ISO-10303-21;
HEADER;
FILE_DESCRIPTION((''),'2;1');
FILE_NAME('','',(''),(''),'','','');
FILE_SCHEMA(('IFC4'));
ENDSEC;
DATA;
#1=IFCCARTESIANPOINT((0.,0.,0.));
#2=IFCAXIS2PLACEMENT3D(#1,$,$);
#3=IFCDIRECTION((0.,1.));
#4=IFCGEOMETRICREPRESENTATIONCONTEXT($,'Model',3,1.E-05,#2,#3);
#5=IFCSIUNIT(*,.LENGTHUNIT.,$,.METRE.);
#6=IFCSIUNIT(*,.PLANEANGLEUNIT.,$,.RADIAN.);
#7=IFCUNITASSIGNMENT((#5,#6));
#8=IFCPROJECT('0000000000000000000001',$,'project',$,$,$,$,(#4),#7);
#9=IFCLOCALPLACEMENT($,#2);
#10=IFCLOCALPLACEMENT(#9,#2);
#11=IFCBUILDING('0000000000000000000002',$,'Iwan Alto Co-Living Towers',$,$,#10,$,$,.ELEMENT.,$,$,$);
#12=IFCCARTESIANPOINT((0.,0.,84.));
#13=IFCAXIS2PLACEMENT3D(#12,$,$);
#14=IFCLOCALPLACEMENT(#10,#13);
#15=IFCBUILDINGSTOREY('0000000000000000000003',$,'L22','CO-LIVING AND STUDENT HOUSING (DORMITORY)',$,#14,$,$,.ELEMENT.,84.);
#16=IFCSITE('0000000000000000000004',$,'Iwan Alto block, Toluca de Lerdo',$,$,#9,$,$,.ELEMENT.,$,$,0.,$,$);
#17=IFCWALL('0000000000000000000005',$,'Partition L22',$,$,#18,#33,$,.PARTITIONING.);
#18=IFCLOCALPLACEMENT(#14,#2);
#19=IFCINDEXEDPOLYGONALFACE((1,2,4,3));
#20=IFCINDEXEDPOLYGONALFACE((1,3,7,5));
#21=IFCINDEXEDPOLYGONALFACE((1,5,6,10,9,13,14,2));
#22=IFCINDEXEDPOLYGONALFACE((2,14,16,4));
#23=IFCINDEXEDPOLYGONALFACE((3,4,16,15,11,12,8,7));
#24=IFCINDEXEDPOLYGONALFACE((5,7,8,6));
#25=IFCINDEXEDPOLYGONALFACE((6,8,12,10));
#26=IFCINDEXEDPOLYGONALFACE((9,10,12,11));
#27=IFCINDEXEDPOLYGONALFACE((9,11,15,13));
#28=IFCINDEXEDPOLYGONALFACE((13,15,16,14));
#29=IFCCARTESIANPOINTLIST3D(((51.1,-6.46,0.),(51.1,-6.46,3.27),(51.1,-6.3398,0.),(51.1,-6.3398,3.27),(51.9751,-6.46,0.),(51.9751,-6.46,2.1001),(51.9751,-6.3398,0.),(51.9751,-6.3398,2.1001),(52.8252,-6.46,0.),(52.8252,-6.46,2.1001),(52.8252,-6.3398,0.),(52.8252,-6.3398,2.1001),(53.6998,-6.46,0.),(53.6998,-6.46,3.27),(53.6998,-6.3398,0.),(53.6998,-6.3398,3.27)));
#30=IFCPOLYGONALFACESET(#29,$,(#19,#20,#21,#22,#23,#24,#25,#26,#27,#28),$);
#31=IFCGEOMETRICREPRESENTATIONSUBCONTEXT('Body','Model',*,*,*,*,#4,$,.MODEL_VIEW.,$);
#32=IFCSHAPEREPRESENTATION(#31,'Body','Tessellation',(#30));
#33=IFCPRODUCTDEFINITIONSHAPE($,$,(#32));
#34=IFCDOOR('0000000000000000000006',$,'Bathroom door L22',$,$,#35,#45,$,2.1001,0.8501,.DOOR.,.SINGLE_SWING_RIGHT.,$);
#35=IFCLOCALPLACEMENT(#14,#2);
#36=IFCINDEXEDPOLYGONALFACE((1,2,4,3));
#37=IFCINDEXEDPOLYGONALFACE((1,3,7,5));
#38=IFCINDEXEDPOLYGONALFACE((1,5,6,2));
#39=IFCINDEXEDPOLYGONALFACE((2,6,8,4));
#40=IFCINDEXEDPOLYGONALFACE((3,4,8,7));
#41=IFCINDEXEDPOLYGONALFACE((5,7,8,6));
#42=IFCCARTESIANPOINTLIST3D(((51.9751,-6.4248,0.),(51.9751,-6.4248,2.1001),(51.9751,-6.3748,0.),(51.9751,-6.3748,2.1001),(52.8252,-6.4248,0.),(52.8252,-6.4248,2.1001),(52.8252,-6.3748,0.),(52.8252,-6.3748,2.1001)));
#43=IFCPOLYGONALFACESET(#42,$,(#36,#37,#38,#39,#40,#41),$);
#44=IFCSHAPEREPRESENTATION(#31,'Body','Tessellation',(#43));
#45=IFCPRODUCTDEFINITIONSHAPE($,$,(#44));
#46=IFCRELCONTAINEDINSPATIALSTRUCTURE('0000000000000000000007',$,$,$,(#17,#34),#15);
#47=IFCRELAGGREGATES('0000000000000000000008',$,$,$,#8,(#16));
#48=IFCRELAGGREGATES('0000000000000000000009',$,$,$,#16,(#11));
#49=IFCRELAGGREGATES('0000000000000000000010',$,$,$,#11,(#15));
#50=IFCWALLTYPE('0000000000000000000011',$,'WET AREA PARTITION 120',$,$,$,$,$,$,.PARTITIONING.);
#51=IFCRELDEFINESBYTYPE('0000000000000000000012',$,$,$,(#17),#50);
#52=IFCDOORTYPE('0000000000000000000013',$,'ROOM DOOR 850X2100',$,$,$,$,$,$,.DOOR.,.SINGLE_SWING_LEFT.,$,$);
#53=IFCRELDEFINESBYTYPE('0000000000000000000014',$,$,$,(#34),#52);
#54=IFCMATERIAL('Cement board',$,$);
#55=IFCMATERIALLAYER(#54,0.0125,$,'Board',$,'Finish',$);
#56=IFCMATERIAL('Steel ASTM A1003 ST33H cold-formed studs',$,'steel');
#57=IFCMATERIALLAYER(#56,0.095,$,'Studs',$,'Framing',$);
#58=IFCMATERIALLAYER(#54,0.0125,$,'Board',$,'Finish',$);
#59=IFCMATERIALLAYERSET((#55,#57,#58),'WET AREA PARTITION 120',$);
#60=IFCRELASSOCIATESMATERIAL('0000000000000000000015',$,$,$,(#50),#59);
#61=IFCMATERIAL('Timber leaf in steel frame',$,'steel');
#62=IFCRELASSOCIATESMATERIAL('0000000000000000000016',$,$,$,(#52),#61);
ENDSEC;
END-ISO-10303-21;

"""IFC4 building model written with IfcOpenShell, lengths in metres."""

from ifc_helpers import new_model, si_unit, direction, frame, frame_2d, origin, place, context, subcontext, project, spatial, rectangle, extrude, material, layer, layer_set, type_object, element, fill, save


model = new_model("IFC4")

# Units and contexts
model_context = context("Model", 3, precision=1e-05, world=origin(), true_north=direction((0.0, 1.0)))
body_context = subcontext(model_context, "Body", "Model", "MODEL_VIEW")
ifc_project = project(units=[si_unit("LENGTHUNIT", "METRE"), si_unit("PLANEANGLEUNIT", "RADIAN")], contexts=[model_context])

# Site, building, storey
site_placement = place(None, origin())
site = spatial("IfcSite", under=ifc_project, at=site_placement, Name="Iwan Alto block, Toluca de Lerdo", CompositionType="ELEMENT", RefElevation=0.0)
building_placement = place(site_placement, origin())
building = spatial("IfcBuilding", under=site, at=building_placement, Name="Iwan Alto Co-Living Towers", CompositionType="ELEMENT")
storey_placement = place(building_placement, frame((0.0, 0.0, 84.0)))
storey = spatial("IfcBuildingStorey", under=building, at=storey_placement, Name="L22", Description="CO-LIVING AND STUDENT HOUSING (DORMITORY)", CompositionType="ELEMENT", Elevation=84.0)

# Shared definitions
ifc_material_1 = material(Name="Steel ASTM A1003 ST33H cold-formed studs", Category="steel")

# Wall, opening, door
ifc_material_2 = material(Name="Cement board")
ifc_layer_1 = layer(ifc_material_2, 0.0125, Name="Board", Category="Finish")
ifc_layer_2 = layer(ifc_material_1, 0.095, Name="Studs", Category="Framing")
ifc_layer_3 = layer(ifc_material_2, 0.0125, Name="Board", Category="Finish")
ifc_layer_set_1 = layer_set([ifc_layer_1, ifc_layer_2, ifc_layer_3], Name="WET AREA PARTITION 120")
wall_type_1 = type_object("IfcWallType", Name="WET AREA PARTITION 120", PredefinedType="PARTITIONING", material=ifc_layer_set_1)
wall_1_placement = place(storey_placement, frame((51.1001, -6.3999, 0.0), z_axis=(0.0, 0.0, 1.0), x_axis=(1.0, 0.0, 0.0)))
wall_1 = element("IfcWall", 1, at=wall_1_placement, inside=storey, type_object=wall_type_1, Name="Partition L22", PredefinedType="PARTITIONING", context=body_context, shape_type="SweptSolid", body=[
    extrude(rectangle(XDim=2.5999, YDim=0.1201, at=frame_2d((1.2998, 0.0))), origin(), (0.0, 0.0, 1.0), 3.27),
])
opening_1_placement = place(wall_1_placement, frame((0.875, 0.0, 0.0)))
opening_1 = element("IfcOpeningElement", 2, at=opening_1_placement, cuts=wall_1, PredefinedType="OPENING", context=body_context, shape_type="SweptSolid", body=[
    extrude(rectangle(XDim=0.8501, YDim=2.1001, at=frame_2d((0.425, 1.05))), frame((0.0, 0.0701, 0.0), z_axis=(0.0, -1.0, 0.0), x_axis=(1.0, 0.0, 0.0)), (0.0, 0.0, 1.0), 0.1401),
])
ifc_material_3 = material(Name="Timber leaf in steel frame", Category="steel")
door_type_1 = type_object("IfcDoorType", Name="ROOM DOOR 850X2100", OperationType="SINGLE_SWING_LEFT", PredefinedType="DOOR", material=ifc_material_3)
door_1_placement = place(opening_1_placement, frame((0.8501, 0.0, 0.0), z_axis=(0.0, 0.0, 1.0), x_axis=(-1.0, 0.0, 0.0)))
door_1 = element("IfcDoor", 3, at=door_1_placement, inside=storey, type_object=door_type_1, Name="Bathroom door L22", OperationType="SINGLE_SWING_RIGHT", OverallHeight=2.1001, OverallWidth=0.8501, PredefinedType="DOOR", context=body_context, shape_type="SweptSolid", body=[
    extrude(rectangle(XDim=0.8501, YDim=2.1001, at=frame_2d((0.425, 1.05))), frame((0.0, 0.0249, 0.0), z_axis=(0.0, -1.0, 0.0), x_axis=(1.0, 0.0, 0.0)), (0.0, 0.0, 1.0), 0.05),
])
fill(opening_1, door_1)

save(model, "model.ifc")
